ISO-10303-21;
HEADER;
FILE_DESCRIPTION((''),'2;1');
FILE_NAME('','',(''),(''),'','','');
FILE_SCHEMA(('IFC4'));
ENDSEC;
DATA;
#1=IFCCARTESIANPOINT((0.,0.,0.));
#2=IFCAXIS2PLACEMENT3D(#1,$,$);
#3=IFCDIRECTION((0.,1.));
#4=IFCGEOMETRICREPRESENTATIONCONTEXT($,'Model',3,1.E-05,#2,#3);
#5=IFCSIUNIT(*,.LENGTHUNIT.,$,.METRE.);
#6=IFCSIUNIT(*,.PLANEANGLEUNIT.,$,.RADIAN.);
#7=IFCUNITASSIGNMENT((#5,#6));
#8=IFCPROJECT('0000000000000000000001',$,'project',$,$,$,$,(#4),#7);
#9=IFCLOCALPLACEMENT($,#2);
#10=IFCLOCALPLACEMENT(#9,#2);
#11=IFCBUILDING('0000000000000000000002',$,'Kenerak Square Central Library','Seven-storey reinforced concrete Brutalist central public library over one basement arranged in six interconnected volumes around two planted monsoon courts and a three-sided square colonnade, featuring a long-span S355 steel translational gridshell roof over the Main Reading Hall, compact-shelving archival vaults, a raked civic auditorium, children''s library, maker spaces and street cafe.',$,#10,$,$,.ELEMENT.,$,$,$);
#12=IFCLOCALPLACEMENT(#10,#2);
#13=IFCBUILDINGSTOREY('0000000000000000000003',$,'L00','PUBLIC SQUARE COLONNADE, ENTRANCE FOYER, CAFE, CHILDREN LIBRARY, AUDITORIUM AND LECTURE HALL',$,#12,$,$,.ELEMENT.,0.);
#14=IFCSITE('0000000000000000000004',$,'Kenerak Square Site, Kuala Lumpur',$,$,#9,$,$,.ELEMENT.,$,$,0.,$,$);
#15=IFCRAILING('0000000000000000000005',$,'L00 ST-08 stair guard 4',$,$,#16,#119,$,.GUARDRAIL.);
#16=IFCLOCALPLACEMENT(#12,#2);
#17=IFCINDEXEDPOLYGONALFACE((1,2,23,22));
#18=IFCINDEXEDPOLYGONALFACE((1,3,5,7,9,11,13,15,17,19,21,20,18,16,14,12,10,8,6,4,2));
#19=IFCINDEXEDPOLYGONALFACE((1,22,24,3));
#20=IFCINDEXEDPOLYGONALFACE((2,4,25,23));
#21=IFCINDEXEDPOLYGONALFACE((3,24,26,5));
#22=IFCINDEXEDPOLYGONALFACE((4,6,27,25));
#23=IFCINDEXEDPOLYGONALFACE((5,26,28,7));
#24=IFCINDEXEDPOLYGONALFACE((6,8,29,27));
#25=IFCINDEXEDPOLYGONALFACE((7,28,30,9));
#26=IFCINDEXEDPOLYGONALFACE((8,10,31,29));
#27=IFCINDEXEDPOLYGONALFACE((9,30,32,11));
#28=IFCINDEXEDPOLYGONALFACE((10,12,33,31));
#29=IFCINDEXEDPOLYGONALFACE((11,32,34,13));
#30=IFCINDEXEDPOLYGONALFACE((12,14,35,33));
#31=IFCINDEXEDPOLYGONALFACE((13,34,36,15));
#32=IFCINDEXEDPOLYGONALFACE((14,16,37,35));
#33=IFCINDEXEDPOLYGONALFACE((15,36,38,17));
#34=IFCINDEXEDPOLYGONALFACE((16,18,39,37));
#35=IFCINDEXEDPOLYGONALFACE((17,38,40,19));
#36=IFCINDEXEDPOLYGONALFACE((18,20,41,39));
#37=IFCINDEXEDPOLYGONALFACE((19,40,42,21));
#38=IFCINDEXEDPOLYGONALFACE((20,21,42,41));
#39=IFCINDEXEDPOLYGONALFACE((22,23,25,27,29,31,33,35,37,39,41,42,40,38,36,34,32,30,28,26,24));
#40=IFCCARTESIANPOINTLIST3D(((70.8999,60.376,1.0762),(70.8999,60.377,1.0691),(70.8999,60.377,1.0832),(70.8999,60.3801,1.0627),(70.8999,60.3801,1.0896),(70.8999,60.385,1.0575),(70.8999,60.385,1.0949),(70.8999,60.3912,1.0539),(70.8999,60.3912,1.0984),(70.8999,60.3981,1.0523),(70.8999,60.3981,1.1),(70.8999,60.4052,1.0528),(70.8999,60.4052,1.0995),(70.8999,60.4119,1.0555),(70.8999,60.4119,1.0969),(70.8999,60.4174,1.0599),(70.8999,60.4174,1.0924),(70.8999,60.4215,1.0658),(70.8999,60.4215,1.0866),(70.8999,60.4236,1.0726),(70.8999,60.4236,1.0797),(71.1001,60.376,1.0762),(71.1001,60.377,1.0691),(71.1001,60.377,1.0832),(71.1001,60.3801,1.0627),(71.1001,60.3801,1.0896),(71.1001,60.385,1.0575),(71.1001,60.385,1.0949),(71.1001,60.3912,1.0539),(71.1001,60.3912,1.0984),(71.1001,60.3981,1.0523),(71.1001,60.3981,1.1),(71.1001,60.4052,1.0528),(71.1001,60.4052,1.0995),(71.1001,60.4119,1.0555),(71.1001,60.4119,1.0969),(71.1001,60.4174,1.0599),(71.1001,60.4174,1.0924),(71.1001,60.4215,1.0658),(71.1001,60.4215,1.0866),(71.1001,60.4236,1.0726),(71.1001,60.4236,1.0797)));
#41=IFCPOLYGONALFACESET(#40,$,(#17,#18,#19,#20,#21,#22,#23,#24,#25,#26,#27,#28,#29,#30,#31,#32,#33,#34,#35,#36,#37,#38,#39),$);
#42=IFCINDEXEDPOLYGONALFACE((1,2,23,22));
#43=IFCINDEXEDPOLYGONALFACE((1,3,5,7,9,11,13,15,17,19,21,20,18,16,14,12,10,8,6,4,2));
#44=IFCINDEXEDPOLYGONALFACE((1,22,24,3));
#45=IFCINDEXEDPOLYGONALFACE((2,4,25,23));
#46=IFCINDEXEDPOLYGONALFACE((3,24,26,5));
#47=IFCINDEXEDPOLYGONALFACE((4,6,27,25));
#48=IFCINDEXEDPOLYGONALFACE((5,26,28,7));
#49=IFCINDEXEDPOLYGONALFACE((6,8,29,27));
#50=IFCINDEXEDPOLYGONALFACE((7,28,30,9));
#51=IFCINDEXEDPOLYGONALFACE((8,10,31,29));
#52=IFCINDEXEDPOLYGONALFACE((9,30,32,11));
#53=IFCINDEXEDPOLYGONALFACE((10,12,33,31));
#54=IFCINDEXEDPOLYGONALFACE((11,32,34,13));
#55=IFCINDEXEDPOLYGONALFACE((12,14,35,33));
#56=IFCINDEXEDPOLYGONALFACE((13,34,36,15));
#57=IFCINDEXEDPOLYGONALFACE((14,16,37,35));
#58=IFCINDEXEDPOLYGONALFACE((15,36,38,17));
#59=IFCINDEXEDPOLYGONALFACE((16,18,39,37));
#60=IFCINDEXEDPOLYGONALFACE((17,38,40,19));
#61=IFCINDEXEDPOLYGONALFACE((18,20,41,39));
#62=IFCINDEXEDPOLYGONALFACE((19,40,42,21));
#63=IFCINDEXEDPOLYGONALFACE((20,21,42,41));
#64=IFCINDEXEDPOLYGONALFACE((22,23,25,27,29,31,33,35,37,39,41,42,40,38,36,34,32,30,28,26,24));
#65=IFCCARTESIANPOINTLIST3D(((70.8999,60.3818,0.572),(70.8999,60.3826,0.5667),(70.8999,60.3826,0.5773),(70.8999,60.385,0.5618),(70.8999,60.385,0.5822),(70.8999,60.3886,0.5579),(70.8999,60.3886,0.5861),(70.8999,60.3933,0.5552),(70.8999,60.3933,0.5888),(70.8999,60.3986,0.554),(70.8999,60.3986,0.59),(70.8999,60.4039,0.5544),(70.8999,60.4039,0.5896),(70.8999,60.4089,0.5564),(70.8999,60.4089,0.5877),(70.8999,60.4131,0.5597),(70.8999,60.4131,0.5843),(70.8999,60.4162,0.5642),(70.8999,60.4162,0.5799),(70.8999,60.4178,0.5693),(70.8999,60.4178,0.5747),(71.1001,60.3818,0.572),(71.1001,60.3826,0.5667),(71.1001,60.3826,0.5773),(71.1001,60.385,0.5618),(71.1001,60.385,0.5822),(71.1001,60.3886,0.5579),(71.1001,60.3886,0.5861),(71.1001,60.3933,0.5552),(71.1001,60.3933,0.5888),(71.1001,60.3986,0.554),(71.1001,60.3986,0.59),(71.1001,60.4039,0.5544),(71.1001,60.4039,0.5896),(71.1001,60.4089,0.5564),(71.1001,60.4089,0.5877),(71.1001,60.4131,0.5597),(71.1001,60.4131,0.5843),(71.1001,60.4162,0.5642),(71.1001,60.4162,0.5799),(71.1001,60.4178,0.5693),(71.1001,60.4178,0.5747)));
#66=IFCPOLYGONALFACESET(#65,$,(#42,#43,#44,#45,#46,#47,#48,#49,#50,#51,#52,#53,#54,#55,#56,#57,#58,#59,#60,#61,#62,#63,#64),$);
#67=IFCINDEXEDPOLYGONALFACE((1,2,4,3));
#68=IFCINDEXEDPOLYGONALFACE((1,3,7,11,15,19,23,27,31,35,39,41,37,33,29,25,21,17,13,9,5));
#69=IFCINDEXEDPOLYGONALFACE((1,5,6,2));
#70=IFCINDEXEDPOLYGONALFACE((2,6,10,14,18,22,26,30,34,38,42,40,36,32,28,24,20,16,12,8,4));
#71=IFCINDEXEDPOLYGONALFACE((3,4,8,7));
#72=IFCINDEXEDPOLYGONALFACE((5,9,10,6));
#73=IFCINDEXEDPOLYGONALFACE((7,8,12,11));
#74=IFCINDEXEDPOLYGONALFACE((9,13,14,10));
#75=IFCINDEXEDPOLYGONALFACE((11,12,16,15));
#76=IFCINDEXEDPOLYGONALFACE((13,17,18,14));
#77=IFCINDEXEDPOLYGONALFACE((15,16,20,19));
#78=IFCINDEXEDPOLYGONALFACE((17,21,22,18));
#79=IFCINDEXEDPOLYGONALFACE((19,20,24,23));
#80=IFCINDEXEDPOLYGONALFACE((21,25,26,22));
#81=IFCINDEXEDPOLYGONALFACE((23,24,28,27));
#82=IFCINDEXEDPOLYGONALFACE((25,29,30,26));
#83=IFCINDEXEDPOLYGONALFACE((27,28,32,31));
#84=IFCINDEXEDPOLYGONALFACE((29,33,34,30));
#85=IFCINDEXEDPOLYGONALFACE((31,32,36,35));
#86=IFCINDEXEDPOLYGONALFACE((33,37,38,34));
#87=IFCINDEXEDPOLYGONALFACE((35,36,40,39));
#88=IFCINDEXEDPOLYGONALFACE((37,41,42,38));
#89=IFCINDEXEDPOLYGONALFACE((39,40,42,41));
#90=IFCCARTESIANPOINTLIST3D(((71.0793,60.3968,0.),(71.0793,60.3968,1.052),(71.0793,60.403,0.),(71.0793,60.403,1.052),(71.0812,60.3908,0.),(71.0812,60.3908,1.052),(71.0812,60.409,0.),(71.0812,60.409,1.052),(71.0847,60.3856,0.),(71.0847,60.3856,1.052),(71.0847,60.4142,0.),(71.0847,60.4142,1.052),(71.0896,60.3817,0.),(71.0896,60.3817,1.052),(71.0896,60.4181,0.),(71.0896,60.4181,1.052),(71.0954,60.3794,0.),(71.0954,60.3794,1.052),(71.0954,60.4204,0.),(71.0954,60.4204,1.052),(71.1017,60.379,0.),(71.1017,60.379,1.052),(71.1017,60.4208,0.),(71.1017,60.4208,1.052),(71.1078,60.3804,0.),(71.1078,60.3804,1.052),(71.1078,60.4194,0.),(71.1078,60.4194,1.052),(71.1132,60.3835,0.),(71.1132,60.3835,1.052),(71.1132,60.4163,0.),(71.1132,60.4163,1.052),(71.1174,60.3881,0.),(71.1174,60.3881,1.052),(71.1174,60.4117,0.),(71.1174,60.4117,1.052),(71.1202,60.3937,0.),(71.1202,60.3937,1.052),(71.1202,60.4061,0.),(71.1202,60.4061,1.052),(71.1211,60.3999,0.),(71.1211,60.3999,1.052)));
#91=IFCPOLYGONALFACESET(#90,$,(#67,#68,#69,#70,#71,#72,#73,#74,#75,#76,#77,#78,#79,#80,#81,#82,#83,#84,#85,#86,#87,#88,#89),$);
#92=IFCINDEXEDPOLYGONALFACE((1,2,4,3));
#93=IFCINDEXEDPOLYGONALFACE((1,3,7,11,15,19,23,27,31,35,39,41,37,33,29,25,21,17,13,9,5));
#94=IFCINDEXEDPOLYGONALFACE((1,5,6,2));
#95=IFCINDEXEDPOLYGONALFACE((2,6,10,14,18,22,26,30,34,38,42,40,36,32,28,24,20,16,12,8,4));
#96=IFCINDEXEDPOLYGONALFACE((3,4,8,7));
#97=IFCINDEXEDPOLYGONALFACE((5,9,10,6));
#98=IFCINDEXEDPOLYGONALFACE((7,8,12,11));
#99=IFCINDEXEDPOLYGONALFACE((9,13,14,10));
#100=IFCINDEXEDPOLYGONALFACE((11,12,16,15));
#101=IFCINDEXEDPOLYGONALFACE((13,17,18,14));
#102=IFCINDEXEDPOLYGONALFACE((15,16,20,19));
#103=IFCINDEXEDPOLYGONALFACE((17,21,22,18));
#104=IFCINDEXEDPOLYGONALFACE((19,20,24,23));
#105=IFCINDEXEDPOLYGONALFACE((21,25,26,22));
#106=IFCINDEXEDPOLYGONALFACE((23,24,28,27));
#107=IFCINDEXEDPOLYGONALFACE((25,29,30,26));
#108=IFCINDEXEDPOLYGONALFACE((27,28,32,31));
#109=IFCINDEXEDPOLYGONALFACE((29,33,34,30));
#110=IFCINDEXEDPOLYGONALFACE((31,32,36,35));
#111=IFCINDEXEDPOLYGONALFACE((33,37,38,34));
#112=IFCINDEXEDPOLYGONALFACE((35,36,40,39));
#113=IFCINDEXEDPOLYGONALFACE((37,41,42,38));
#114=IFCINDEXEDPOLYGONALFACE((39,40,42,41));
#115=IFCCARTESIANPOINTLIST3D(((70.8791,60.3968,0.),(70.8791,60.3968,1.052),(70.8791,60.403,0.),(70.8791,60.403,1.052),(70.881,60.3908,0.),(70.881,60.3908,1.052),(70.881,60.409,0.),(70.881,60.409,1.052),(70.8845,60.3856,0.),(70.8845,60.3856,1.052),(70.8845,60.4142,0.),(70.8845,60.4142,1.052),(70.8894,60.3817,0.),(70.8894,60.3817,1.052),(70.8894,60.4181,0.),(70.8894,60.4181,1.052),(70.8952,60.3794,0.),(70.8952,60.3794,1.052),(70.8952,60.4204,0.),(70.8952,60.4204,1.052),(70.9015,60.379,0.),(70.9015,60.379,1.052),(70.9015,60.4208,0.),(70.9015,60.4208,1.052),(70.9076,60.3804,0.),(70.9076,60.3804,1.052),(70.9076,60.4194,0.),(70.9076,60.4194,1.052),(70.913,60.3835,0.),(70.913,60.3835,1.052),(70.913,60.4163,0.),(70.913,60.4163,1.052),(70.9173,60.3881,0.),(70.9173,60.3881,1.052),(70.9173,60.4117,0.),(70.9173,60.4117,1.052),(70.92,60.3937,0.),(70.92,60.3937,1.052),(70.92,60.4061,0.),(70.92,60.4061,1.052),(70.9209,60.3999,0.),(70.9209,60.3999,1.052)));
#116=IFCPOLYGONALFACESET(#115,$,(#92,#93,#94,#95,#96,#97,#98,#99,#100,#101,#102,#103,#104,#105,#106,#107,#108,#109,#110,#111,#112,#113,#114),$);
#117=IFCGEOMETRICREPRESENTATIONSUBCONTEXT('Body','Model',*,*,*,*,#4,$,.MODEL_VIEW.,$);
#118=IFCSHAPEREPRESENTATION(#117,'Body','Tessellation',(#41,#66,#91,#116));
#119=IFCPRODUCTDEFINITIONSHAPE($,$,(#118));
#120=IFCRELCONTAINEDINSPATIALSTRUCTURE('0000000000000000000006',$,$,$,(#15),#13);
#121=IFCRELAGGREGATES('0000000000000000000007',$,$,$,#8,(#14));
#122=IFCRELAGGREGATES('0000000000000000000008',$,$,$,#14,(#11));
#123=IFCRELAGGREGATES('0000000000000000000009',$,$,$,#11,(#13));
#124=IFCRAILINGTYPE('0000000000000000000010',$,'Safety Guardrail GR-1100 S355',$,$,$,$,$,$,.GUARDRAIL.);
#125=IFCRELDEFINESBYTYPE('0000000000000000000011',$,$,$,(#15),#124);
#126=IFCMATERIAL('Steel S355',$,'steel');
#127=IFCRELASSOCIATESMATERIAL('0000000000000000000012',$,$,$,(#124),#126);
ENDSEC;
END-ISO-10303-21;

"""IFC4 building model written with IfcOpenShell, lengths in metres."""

from ifc_helpers import new_model, si_unit, direction, frame, origin, origin_2d, place, context, subcontext, project, spatial, circle, extrude, material, type_object, element, save


model = new_model("IFC4")

# Units and contexts
model_context = context("Model", 3, precision=1e-05, world=origin(), true_north=direction((0.0, 1.0)))
body_context = subcontext(model_context, "Body", "Model", "MODEL_VIEW")
ifc_project = project(units=[si_unit("LENGTHUNIT", "METRE"), si_unit("PLANEANGLEUNIT", "RADIAN")], contexts=[model_context])

# Site, building, storey
site_placement = place(None, origin())
site = spatial("IfcSite", under=ifc_project, at=site_placement, Name="Kenerak Square Site, Kuala Lumpur", CompositionType="ELEMENT", RefElevation=0.0)
building_placement = place(site_placement, origin())
building = spatial("IfcBuilding", under=site, at=building_placement, Name="Kenerak Square Central Library", Description="Seven-storey reinforced concrete Brutalist central public library over one basement arranged in six interconnected volumes around two planted monsoon courts and a three-sided square colonnade, featuring a long-span S355 steel translational gridshell roof over the Main Reading Hall, compact-shelving archival vaults, a raked civic auditorium, children's library, maker spaces and street cafe.", CompositionType="ELEMENT")
storey_placement = place(building_placement, origin())
storey = spatial("IfcBuildingStorey", under=building, at=storey_placement, Name="L00", Description="PUBLIC SQUARE COLONNADE, ENTRANCE FOYER, CAFE, CHILDREN LIBRARY, AUDITORIUM AND LECTURE HALL", CompositionType="ELEMENT", Elevation=0.0)

# Shared definitions
ifc_material_1 = material(Name="Steel S355", Category="steel")

# Railing
railing_type_1 = type_object("IfcRailingType", Name="Safety Guardrail GR-1100 S355", PredefinedType="GUARDRAIL", material=ifc_material_1)
railing_1_placement = place(storey_placement, frame((71.1001, 60.3999, 0.0)))
element("IfcRailing", 1, at=railing_1_placement, inside=storey, type_object=railing_type_1, Name="L00 ST-08 stair guard 4", PredefinedType="GUARDRAIL", context=body_context, shape_type="SweptSolid", body=[
    extrude(circle(Radius=0.0239, at=origin_2d()), frame((0.0, 0.0, 1.0762), z_axis=(-1.0, 0.0, 0.0), x_axis=(0.0, -1.0, 0.0)), (0.0, 0.0, 1.0), 0.2002),
    extrude(circle(Radius=0.0181, at=origin_2d()), frame((0.0, 0.0, 0.572), z_axis=(-1.0, 0.0, 0.0), x_axis=(0.0, -1.0, 0.0)), (0.0, 0.0, 1.0), 0.2002),
    extrude(circle(Radius=0.021, at=origin_2d()), origin(), (0.0, 0.0, 1.0), 1.052),
    extrude(circle(Radius=0.021, at=origin_2d()), frame((-0.2002, 0.0, 0.0)), (0.0, 0.0, 1.0), 1.052),
])

save(model, "model.ifc")
